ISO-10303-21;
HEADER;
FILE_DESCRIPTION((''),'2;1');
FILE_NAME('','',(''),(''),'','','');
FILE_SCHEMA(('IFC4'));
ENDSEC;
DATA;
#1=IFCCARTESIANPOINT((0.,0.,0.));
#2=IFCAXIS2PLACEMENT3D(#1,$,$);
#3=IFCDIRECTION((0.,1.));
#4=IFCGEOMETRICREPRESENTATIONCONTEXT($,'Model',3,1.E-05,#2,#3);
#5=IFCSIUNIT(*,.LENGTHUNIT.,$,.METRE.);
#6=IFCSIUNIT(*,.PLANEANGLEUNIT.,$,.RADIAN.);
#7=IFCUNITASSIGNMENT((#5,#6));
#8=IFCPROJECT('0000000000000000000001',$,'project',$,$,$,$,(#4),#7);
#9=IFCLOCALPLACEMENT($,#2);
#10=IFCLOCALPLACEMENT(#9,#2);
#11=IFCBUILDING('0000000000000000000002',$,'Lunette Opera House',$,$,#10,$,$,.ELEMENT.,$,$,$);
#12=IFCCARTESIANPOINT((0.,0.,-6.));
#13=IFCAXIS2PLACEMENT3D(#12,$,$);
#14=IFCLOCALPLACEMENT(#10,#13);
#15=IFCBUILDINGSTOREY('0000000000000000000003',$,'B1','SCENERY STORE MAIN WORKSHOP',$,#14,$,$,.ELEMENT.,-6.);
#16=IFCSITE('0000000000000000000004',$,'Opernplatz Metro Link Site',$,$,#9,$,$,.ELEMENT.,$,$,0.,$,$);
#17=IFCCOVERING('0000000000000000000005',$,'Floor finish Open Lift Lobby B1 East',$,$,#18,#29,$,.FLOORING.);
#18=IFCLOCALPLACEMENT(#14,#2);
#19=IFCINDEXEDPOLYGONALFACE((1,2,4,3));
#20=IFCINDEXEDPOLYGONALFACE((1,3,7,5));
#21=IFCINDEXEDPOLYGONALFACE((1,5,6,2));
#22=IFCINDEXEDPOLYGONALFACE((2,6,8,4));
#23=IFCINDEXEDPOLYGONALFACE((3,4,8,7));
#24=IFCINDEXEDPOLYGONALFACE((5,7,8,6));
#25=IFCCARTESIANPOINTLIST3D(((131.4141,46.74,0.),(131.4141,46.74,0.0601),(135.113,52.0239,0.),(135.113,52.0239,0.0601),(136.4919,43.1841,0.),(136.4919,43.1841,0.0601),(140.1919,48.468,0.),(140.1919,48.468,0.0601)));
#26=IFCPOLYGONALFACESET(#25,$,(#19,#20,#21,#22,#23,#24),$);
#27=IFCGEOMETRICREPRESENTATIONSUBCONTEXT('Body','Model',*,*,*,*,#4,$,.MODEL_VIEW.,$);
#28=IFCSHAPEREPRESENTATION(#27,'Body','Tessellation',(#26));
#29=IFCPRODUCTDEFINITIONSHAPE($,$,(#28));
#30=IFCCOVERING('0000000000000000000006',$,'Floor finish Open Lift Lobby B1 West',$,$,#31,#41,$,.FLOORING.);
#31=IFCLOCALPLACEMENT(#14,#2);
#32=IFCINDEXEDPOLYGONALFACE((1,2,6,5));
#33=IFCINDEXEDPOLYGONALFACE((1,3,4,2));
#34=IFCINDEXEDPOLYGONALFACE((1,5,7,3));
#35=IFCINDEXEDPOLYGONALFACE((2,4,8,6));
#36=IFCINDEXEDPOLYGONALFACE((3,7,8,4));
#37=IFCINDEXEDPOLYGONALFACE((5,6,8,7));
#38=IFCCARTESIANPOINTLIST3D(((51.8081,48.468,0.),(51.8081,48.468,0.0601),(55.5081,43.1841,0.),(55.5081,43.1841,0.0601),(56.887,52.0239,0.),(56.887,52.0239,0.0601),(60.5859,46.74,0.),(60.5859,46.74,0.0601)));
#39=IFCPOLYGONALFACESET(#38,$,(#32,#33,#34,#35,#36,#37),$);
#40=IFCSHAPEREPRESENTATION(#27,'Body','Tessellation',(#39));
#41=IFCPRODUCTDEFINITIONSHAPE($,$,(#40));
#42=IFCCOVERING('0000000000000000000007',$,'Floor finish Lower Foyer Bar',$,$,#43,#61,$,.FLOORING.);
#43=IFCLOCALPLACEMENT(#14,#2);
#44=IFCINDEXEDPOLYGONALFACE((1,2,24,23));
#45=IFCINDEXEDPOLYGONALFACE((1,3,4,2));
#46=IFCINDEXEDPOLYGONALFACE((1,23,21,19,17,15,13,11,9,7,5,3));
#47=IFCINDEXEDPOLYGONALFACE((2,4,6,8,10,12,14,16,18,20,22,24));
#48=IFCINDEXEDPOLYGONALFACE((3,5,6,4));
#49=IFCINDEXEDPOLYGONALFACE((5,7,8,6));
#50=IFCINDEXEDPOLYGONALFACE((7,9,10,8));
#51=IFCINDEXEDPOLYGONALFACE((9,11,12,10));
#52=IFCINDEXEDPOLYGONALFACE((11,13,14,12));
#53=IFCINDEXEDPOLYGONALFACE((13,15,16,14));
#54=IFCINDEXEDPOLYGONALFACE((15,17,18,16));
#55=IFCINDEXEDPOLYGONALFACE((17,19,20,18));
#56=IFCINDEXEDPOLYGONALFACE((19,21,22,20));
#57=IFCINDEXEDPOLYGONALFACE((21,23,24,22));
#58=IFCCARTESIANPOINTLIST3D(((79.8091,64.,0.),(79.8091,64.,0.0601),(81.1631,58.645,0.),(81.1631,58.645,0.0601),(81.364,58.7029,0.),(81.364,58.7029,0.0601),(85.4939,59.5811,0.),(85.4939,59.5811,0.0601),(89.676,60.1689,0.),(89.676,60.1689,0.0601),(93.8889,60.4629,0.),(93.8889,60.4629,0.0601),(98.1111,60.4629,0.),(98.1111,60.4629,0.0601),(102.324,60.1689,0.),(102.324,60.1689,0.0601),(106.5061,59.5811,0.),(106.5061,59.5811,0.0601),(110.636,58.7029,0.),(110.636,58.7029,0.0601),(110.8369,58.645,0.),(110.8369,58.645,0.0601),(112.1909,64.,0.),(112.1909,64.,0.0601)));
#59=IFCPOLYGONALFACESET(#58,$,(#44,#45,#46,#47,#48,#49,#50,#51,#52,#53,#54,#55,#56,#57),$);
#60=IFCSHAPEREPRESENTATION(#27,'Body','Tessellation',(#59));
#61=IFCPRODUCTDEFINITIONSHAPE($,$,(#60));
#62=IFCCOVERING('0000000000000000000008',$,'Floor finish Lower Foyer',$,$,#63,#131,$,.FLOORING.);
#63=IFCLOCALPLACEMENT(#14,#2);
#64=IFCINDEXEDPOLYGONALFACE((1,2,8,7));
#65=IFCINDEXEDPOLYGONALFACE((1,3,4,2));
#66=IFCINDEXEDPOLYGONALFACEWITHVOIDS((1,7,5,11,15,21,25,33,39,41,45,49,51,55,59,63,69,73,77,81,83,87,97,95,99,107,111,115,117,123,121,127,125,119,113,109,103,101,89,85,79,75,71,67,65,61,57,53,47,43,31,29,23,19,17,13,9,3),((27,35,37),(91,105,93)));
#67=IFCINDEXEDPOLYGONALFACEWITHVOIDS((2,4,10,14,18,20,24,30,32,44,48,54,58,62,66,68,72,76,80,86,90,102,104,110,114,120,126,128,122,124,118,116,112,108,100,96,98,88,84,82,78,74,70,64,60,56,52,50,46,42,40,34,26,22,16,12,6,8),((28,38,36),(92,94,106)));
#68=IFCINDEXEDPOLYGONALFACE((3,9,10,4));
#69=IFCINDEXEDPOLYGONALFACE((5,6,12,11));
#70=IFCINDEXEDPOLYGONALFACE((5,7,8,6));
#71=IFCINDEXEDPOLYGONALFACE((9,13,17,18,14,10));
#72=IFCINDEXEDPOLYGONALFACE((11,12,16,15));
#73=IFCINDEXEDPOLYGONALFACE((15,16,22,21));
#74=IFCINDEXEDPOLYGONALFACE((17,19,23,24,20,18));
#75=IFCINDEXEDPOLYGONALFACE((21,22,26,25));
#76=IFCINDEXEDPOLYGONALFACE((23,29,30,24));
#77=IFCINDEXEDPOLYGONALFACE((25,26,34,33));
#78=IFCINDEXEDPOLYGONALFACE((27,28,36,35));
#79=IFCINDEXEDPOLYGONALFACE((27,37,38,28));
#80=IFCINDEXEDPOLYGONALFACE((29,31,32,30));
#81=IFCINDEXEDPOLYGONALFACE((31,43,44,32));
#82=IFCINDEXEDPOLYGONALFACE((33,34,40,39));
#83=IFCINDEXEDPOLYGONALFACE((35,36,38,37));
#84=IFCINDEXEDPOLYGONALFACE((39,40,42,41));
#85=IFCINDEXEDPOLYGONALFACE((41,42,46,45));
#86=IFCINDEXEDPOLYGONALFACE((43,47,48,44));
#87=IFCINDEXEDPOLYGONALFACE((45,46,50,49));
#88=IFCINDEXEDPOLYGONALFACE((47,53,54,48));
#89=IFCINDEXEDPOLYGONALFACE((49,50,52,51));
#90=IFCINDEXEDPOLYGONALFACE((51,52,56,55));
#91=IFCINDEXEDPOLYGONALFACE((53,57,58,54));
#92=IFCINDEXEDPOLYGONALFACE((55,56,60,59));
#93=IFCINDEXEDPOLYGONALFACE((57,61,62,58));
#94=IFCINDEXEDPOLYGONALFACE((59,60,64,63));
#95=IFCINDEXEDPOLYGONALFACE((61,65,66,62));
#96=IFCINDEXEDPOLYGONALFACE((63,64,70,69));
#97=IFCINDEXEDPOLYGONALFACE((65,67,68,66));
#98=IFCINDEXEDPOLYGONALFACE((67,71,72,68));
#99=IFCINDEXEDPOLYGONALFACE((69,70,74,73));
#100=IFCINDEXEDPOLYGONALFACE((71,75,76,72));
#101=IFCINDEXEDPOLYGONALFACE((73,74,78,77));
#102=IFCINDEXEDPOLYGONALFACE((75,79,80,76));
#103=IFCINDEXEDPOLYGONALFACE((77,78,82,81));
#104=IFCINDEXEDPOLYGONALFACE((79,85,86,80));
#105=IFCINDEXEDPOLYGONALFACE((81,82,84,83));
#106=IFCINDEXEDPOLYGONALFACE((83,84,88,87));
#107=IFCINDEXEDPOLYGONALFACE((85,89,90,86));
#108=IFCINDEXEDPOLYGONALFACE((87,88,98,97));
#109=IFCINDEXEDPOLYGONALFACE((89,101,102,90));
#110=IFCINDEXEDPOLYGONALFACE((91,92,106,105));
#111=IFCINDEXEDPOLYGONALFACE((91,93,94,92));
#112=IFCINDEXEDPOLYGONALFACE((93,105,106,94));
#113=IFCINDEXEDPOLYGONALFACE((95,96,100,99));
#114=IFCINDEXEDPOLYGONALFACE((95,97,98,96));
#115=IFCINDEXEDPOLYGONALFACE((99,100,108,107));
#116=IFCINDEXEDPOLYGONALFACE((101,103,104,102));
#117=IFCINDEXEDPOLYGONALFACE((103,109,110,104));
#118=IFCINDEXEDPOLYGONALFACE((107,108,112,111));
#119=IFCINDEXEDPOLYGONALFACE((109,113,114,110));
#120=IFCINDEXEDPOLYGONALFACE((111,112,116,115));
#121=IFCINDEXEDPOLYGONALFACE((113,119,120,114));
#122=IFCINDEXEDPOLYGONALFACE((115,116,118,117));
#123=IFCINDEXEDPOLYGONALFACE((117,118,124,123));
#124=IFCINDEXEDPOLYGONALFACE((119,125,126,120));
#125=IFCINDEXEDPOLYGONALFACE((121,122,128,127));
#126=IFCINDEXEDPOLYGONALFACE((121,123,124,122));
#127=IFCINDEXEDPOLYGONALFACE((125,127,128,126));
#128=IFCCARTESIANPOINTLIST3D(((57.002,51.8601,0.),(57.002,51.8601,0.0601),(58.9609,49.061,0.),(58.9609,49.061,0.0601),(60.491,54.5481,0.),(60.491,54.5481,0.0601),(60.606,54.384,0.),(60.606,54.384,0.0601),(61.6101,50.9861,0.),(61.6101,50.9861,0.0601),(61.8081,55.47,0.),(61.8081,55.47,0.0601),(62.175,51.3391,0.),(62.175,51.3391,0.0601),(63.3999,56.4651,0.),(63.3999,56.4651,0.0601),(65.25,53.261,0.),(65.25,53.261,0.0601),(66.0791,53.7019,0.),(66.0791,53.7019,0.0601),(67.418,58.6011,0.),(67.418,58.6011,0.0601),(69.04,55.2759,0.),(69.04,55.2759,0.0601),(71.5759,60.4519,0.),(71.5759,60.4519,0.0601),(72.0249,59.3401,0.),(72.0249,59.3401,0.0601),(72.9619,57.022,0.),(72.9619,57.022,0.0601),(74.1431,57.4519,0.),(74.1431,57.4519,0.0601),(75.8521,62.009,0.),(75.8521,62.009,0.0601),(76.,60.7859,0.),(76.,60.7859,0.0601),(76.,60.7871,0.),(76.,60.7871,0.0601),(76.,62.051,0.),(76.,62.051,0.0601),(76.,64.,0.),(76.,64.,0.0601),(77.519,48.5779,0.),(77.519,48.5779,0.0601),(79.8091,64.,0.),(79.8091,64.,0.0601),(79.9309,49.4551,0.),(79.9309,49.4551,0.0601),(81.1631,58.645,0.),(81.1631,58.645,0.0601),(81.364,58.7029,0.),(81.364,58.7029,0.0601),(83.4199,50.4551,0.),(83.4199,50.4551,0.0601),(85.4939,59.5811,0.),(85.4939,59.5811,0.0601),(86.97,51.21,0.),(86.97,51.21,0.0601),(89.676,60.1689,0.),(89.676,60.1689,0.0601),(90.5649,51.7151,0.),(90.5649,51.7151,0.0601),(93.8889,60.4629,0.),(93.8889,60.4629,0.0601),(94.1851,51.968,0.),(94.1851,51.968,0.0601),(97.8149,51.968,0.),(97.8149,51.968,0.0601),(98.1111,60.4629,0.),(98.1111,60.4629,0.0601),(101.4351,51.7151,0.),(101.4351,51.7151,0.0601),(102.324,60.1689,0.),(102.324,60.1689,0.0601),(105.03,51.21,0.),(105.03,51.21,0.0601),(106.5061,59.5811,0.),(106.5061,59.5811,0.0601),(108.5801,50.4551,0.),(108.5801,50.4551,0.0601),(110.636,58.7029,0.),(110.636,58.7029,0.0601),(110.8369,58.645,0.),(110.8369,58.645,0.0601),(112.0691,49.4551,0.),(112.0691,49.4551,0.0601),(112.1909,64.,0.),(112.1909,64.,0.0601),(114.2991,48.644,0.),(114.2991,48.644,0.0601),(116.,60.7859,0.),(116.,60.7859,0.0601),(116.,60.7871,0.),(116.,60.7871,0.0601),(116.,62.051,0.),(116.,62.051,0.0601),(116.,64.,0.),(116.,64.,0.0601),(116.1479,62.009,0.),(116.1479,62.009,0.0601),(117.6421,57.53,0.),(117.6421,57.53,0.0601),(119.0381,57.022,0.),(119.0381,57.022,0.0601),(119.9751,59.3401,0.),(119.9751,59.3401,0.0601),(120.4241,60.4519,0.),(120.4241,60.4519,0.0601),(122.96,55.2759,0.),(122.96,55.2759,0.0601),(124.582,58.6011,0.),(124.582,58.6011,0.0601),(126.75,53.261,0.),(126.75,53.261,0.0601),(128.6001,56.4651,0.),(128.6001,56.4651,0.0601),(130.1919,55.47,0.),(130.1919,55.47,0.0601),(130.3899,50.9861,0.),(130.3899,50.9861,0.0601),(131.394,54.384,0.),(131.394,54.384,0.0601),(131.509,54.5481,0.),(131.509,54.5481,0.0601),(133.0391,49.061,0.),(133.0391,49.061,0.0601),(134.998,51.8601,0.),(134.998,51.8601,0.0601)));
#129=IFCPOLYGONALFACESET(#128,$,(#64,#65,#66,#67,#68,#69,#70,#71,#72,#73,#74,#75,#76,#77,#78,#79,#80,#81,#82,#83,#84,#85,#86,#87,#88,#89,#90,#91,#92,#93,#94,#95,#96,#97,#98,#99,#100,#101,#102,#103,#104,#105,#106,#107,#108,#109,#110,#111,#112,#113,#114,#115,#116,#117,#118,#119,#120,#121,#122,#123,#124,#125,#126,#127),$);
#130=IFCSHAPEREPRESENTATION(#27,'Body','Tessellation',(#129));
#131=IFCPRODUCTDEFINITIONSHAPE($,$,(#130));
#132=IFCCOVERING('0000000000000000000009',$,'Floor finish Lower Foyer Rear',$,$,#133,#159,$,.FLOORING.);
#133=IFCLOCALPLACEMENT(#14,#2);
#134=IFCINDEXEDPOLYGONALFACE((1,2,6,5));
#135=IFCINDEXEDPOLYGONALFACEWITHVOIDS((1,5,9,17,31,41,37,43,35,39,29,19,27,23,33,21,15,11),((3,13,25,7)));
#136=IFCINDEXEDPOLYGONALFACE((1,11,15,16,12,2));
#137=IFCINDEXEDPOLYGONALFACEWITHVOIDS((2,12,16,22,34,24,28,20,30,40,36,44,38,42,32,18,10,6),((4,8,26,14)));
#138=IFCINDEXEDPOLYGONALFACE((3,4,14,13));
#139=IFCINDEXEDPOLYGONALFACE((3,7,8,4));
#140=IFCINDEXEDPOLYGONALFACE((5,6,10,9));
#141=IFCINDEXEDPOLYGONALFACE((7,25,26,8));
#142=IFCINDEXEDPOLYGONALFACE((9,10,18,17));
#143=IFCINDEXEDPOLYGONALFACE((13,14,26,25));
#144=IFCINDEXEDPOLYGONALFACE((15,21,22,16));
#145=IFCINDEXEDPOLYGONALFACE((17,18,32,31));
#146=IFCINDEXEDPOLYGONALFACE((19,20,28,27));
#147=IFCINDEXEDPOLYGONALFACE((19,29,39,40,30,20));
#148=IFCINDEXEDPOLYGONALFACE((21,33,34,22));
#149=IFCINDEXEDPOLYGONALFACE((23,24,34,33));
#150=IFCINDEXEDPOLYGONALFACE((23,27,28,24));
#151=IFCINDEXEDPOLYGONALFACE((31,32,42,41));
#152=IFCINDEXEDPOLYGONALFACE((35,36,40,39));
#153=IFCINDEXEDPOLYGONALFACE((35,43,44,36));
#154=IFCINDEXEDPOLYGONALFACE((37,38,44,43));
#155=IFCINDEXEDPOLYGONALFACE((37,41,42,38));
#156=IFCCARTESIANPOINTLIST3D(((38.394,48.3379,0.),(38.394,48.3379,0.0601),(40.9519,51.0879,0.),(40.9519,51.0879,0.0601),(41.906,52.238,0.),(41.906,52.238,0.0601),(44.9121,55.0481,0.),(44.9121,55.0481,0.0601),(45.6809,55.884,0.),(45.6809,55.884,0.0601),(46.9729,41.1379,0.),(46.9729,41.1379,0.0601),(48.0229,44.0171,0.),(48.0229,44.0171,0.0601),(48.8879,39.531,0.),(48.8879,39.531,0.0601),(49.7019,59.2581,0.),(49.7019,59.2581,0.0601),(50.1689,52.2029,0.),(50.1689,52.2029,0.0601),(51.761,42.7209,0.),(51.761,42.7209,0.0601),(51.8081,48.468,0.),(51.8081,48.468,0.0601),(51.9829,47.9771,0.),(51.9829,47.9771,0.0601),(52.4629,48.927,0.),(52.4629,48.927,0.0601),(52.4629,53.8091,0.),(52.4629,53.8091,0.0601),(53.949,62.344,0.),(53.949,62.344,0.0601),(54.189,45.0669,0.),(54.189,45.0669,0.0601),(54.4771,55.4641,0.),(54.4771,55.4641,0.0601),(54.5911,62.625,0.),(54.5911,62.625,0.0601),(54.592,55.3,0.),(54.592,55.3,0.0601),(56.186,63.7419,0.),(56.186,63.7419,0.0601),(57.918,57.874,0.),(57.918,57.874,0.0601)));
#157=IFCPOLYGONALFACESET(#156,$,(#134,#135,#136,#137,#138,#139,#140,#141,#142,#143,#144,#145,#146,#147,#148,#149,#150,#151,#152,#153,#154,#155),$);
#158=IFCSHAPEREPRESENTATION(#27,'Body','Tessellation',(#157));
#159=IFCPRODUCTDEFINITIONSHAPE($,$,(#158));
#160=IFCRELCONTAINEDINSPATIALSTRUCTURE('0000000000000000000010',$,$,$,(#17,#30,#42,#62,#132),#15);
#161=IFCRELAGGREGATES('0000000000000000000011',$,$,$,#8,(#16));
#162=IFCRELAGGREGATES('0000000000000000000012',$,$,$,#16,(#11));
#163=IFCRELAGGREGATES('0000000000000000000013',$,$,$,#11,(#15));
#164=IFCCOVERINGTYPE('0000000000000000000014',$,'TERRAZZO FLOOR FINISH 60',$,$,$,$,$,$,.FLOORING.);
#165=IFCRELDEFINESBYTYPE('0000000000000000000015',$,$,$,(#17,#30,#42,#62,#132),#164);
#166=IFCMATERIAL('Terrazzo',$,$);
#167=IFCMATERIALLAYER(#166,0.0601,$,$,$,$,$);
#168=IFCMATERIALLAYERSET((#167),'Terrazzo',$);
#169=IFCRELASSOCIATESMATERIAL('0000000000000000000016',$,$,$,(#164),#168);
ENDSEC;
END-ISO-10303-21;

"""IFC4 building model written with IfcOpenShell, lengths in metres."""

from ifc_helpers import new_model, si_unit, direction, frame, origin, place, context, subcontext, project, spatial, polyline, outline, extrude, material, layer, layer_set, type_object, element, save


model = new_model("IFC4")

# Units and contexts
model_context = context("Model", 3, precision=1e-05, world=origin(), true_north=direction((0.0, 1.0)))
body_context = subcontext(model_context, "Body", "Model", "MODEL_VIEW")
ifc_project = project(units=[si_unit("LENGTHUNIT", "METRE"), si_unit("PLANEANGLEUNIT", "RADIAN")], contexts=[model_context])

# Site, building, storey
site_placement = place(None, origin())
site = spatial("IfcSite", under=ifc_project, at=site_placement, Name="Opernplatz Metro Link Site", CompositionType="ELEMENT", RefElevation=0.0)
building_placement = place(site_placement, origin())
building = spatial("IfcBuilding", under=site, at=building_placement, Name="Lunette Opera House", CompositionType="ELEMENT")
storey_placement = place(building_placement, frame((0.0, 0.0, -6.0)))
storey = spatial("IfcBuildingStorey", under=building, at=storey_placement, Name="B1", Description="SCENERY STORE MAIN WORKSHOP", CompositionType="ELEMENT", Elevation=-6.0)

# Coverings
ifc_material_1 = material(Name="Terrazzo")
ifc_layer_1 = layer(ifc_material_1, 0.0601)
ifc_layer_set_1 = layer_set([ifc_layer_1], Name="Terrazzo")
covering_type_1 = type_object("IfcCoveringType", Name="TERRAZZO FLOOR FINISH 60", PredefinedType="FLOORING", material=ifc_layer_set_1)
covering_1_placement = place(storey_placement, origin())
element("IfcCovering", 1, at=covering_1_placement, inside=storey, type_object=covering_type_1, Name="Floor finish Open Lift Lobby B1 East", PredefinedType="FLOORING", context=body_context, shape_type="SweptSolid", body=[
    extrude(outline(polyline([(131.4141, 46.74), (136.4919, 43.1841), (140.1919, 48.468), (135.113, 52.0239), (131.4141, 46.74)])), origin(), (0.0, 0.0, 1.0), 0.0601),
])
covering_2_placement = place(storey_placement, origin())
element("IfcCovering", 2, at=covering_2_placement, inside=storey, type_object=covering_type_1, Name="Floor finish Open Lift Lobby B1 West", PredefinedType="FLOORING", context=body_context, shape_type="SweptSolid", body=[
    extrude(outline(polyline([(60.5859, 46.74), (56.887, 52.0239), (51.8081, 48.468), (55.5081, 43.1841), (60.5859, 46.74)])), origin(), (0.0, 0.0, 1.0), 0.0601),
])
covering_3_placement = place(storey_placement, origin())
element("IfcCovering", 3, at=covering_3_placement, inside=storey, type_object=covering_type_1, Name="Floor finish Lower Foyer Bar", PredefinedType="FLOORING", context=body_context, shape_type="SweptSolid", body=[
    extrude(outline(polyline([(110.8369, 58.645), (110.636, 58.7029), (106.5061, 59.5811), (102.324, 60.1689), (98.1111, 60.4629), (93.8889, 60.4629), (89.676, 60.1689), (85.4939, 59.5811), (81.364, 58.7029), (81.1631, 58.645), (79.8091, 64.0), (112.1909, 64.0), (110.8369, 58.645)])), origin(), (0.0, 0.0, 1.0), 0.0601),
])
covering_4_placement = place(storey_placement, origin())
element("IfcCovering", 4, at=covering_4_placement, inside=storey, type_object=covering_type_1, Name="Floor finish Lower Foyer", PredefinedType="FLOORING", context=body_context, shape_type="SweptSolid", body=[
    extrude(outline(polyline([(63.3999, 56.4651), (67.418, 58.6011), (71.5759, 60.4519), (75.8521, 62.009), (76.0, 62.051), (76.0, 64.0), (79.8091, 64.0), (81.1631, 58.645), (81.364, 58.7029), (85.4939, 59.5811), (89.676, 60.1689), (93.8889, 60.4629), (98.1111, 60.4629), (102.324, 60.1689), (106.5061, 59.5811), (110.636, 58.7029), (110.8369, 58.645), (112.1909, 64.0), (116.0, 64.0), (116.0, 62.051), (116.1479, 62.009), (120.4241, 60.4519), (124.582, 58.6011), (128.6001, 56.4651), (130.1919, 55.47), (131.509, 54.5481), (131.394, 54.384), (134.998, 51.8601), (133.0391, 49.061), (130.3899, 50.9861), (126.75, 53.261), (122.96, 55.2759), (119.0381, 57.022), (117.6421, 57.53), (114.2991, 48.644), (112.0691, 49.4551), (108.5801, 50.4551), (105.03, 51.21), (101.4351, 51.7151), (97.8149, 51.968), (94.1851, 51.968), (90.5649, 51.7151), (86.97, 51.21), (83.4199, 50.4551), (79.9309, 49.4551), (77.519, 48.5779), (74.1431, 57.4519), (72.9619, 57.022), (69.04, 55.2759), (66.0791, 53.7019), (65.25, 53.261), (62.175, 51.3391), (61.6101, 50.9861), (58.9609, 49.061), (57.002, 51.8601), (60.606, 54.384), (60.491, 54.5481), (61.8081, 55.47), (63.3999, 56.4651)]), holes=[polyline([(116.0, 60.7859), (119.9751, 59.3401), (116.0, 60.7871), (116.0, 60.7859)]), polyline([(72.0249, 59.3401), (76.0, 60.7859), (76.0, 60.7871), (72.0249, 59.3401)])]), origin(), (0.0, 0.0, 1.0), 0.0601),
])
covering_5_placement = place(storey_placement, origin())
element("IfcCovering", 5, at=covering_5_placement, inside=storey, type_object=covering_type_1, Name="Floor finish Lower Foyer Rear", PredefinedType="FLOORING", context=body_context, shape_type="SweptSolid", body=[
    extrude(outline(polyline([(51.8081, 48.468), (54.189, 45.0669), (51.761, 42.7209), (48.8879, 39.531), (46.9729, 41.1379), (38.394, 48.3379), (41.906, 52.238), (45.6809, 55.884), (49.7019, 59.2581), (53.949, 62.344), (56.186, 63.7419), (54.5911, 62.625), (57.918, 57.874), (54.4771, 55.4641), (54.592, 55.3), (52.4629, 53.8091), (50.1689, 52.2029), (52.4629, 48.927), (51.8081, 48.468)]), holes=[polyline([(48.0229, 44.0171), (51.9829, 47.9771), (44.9121, 55.0481), (40.9519, 51.0879), (48.0229, 44.0171)])]), origin(), (0.0, 0.0, 1.0), 0.0601),
])

save(model, "model.ifc")
